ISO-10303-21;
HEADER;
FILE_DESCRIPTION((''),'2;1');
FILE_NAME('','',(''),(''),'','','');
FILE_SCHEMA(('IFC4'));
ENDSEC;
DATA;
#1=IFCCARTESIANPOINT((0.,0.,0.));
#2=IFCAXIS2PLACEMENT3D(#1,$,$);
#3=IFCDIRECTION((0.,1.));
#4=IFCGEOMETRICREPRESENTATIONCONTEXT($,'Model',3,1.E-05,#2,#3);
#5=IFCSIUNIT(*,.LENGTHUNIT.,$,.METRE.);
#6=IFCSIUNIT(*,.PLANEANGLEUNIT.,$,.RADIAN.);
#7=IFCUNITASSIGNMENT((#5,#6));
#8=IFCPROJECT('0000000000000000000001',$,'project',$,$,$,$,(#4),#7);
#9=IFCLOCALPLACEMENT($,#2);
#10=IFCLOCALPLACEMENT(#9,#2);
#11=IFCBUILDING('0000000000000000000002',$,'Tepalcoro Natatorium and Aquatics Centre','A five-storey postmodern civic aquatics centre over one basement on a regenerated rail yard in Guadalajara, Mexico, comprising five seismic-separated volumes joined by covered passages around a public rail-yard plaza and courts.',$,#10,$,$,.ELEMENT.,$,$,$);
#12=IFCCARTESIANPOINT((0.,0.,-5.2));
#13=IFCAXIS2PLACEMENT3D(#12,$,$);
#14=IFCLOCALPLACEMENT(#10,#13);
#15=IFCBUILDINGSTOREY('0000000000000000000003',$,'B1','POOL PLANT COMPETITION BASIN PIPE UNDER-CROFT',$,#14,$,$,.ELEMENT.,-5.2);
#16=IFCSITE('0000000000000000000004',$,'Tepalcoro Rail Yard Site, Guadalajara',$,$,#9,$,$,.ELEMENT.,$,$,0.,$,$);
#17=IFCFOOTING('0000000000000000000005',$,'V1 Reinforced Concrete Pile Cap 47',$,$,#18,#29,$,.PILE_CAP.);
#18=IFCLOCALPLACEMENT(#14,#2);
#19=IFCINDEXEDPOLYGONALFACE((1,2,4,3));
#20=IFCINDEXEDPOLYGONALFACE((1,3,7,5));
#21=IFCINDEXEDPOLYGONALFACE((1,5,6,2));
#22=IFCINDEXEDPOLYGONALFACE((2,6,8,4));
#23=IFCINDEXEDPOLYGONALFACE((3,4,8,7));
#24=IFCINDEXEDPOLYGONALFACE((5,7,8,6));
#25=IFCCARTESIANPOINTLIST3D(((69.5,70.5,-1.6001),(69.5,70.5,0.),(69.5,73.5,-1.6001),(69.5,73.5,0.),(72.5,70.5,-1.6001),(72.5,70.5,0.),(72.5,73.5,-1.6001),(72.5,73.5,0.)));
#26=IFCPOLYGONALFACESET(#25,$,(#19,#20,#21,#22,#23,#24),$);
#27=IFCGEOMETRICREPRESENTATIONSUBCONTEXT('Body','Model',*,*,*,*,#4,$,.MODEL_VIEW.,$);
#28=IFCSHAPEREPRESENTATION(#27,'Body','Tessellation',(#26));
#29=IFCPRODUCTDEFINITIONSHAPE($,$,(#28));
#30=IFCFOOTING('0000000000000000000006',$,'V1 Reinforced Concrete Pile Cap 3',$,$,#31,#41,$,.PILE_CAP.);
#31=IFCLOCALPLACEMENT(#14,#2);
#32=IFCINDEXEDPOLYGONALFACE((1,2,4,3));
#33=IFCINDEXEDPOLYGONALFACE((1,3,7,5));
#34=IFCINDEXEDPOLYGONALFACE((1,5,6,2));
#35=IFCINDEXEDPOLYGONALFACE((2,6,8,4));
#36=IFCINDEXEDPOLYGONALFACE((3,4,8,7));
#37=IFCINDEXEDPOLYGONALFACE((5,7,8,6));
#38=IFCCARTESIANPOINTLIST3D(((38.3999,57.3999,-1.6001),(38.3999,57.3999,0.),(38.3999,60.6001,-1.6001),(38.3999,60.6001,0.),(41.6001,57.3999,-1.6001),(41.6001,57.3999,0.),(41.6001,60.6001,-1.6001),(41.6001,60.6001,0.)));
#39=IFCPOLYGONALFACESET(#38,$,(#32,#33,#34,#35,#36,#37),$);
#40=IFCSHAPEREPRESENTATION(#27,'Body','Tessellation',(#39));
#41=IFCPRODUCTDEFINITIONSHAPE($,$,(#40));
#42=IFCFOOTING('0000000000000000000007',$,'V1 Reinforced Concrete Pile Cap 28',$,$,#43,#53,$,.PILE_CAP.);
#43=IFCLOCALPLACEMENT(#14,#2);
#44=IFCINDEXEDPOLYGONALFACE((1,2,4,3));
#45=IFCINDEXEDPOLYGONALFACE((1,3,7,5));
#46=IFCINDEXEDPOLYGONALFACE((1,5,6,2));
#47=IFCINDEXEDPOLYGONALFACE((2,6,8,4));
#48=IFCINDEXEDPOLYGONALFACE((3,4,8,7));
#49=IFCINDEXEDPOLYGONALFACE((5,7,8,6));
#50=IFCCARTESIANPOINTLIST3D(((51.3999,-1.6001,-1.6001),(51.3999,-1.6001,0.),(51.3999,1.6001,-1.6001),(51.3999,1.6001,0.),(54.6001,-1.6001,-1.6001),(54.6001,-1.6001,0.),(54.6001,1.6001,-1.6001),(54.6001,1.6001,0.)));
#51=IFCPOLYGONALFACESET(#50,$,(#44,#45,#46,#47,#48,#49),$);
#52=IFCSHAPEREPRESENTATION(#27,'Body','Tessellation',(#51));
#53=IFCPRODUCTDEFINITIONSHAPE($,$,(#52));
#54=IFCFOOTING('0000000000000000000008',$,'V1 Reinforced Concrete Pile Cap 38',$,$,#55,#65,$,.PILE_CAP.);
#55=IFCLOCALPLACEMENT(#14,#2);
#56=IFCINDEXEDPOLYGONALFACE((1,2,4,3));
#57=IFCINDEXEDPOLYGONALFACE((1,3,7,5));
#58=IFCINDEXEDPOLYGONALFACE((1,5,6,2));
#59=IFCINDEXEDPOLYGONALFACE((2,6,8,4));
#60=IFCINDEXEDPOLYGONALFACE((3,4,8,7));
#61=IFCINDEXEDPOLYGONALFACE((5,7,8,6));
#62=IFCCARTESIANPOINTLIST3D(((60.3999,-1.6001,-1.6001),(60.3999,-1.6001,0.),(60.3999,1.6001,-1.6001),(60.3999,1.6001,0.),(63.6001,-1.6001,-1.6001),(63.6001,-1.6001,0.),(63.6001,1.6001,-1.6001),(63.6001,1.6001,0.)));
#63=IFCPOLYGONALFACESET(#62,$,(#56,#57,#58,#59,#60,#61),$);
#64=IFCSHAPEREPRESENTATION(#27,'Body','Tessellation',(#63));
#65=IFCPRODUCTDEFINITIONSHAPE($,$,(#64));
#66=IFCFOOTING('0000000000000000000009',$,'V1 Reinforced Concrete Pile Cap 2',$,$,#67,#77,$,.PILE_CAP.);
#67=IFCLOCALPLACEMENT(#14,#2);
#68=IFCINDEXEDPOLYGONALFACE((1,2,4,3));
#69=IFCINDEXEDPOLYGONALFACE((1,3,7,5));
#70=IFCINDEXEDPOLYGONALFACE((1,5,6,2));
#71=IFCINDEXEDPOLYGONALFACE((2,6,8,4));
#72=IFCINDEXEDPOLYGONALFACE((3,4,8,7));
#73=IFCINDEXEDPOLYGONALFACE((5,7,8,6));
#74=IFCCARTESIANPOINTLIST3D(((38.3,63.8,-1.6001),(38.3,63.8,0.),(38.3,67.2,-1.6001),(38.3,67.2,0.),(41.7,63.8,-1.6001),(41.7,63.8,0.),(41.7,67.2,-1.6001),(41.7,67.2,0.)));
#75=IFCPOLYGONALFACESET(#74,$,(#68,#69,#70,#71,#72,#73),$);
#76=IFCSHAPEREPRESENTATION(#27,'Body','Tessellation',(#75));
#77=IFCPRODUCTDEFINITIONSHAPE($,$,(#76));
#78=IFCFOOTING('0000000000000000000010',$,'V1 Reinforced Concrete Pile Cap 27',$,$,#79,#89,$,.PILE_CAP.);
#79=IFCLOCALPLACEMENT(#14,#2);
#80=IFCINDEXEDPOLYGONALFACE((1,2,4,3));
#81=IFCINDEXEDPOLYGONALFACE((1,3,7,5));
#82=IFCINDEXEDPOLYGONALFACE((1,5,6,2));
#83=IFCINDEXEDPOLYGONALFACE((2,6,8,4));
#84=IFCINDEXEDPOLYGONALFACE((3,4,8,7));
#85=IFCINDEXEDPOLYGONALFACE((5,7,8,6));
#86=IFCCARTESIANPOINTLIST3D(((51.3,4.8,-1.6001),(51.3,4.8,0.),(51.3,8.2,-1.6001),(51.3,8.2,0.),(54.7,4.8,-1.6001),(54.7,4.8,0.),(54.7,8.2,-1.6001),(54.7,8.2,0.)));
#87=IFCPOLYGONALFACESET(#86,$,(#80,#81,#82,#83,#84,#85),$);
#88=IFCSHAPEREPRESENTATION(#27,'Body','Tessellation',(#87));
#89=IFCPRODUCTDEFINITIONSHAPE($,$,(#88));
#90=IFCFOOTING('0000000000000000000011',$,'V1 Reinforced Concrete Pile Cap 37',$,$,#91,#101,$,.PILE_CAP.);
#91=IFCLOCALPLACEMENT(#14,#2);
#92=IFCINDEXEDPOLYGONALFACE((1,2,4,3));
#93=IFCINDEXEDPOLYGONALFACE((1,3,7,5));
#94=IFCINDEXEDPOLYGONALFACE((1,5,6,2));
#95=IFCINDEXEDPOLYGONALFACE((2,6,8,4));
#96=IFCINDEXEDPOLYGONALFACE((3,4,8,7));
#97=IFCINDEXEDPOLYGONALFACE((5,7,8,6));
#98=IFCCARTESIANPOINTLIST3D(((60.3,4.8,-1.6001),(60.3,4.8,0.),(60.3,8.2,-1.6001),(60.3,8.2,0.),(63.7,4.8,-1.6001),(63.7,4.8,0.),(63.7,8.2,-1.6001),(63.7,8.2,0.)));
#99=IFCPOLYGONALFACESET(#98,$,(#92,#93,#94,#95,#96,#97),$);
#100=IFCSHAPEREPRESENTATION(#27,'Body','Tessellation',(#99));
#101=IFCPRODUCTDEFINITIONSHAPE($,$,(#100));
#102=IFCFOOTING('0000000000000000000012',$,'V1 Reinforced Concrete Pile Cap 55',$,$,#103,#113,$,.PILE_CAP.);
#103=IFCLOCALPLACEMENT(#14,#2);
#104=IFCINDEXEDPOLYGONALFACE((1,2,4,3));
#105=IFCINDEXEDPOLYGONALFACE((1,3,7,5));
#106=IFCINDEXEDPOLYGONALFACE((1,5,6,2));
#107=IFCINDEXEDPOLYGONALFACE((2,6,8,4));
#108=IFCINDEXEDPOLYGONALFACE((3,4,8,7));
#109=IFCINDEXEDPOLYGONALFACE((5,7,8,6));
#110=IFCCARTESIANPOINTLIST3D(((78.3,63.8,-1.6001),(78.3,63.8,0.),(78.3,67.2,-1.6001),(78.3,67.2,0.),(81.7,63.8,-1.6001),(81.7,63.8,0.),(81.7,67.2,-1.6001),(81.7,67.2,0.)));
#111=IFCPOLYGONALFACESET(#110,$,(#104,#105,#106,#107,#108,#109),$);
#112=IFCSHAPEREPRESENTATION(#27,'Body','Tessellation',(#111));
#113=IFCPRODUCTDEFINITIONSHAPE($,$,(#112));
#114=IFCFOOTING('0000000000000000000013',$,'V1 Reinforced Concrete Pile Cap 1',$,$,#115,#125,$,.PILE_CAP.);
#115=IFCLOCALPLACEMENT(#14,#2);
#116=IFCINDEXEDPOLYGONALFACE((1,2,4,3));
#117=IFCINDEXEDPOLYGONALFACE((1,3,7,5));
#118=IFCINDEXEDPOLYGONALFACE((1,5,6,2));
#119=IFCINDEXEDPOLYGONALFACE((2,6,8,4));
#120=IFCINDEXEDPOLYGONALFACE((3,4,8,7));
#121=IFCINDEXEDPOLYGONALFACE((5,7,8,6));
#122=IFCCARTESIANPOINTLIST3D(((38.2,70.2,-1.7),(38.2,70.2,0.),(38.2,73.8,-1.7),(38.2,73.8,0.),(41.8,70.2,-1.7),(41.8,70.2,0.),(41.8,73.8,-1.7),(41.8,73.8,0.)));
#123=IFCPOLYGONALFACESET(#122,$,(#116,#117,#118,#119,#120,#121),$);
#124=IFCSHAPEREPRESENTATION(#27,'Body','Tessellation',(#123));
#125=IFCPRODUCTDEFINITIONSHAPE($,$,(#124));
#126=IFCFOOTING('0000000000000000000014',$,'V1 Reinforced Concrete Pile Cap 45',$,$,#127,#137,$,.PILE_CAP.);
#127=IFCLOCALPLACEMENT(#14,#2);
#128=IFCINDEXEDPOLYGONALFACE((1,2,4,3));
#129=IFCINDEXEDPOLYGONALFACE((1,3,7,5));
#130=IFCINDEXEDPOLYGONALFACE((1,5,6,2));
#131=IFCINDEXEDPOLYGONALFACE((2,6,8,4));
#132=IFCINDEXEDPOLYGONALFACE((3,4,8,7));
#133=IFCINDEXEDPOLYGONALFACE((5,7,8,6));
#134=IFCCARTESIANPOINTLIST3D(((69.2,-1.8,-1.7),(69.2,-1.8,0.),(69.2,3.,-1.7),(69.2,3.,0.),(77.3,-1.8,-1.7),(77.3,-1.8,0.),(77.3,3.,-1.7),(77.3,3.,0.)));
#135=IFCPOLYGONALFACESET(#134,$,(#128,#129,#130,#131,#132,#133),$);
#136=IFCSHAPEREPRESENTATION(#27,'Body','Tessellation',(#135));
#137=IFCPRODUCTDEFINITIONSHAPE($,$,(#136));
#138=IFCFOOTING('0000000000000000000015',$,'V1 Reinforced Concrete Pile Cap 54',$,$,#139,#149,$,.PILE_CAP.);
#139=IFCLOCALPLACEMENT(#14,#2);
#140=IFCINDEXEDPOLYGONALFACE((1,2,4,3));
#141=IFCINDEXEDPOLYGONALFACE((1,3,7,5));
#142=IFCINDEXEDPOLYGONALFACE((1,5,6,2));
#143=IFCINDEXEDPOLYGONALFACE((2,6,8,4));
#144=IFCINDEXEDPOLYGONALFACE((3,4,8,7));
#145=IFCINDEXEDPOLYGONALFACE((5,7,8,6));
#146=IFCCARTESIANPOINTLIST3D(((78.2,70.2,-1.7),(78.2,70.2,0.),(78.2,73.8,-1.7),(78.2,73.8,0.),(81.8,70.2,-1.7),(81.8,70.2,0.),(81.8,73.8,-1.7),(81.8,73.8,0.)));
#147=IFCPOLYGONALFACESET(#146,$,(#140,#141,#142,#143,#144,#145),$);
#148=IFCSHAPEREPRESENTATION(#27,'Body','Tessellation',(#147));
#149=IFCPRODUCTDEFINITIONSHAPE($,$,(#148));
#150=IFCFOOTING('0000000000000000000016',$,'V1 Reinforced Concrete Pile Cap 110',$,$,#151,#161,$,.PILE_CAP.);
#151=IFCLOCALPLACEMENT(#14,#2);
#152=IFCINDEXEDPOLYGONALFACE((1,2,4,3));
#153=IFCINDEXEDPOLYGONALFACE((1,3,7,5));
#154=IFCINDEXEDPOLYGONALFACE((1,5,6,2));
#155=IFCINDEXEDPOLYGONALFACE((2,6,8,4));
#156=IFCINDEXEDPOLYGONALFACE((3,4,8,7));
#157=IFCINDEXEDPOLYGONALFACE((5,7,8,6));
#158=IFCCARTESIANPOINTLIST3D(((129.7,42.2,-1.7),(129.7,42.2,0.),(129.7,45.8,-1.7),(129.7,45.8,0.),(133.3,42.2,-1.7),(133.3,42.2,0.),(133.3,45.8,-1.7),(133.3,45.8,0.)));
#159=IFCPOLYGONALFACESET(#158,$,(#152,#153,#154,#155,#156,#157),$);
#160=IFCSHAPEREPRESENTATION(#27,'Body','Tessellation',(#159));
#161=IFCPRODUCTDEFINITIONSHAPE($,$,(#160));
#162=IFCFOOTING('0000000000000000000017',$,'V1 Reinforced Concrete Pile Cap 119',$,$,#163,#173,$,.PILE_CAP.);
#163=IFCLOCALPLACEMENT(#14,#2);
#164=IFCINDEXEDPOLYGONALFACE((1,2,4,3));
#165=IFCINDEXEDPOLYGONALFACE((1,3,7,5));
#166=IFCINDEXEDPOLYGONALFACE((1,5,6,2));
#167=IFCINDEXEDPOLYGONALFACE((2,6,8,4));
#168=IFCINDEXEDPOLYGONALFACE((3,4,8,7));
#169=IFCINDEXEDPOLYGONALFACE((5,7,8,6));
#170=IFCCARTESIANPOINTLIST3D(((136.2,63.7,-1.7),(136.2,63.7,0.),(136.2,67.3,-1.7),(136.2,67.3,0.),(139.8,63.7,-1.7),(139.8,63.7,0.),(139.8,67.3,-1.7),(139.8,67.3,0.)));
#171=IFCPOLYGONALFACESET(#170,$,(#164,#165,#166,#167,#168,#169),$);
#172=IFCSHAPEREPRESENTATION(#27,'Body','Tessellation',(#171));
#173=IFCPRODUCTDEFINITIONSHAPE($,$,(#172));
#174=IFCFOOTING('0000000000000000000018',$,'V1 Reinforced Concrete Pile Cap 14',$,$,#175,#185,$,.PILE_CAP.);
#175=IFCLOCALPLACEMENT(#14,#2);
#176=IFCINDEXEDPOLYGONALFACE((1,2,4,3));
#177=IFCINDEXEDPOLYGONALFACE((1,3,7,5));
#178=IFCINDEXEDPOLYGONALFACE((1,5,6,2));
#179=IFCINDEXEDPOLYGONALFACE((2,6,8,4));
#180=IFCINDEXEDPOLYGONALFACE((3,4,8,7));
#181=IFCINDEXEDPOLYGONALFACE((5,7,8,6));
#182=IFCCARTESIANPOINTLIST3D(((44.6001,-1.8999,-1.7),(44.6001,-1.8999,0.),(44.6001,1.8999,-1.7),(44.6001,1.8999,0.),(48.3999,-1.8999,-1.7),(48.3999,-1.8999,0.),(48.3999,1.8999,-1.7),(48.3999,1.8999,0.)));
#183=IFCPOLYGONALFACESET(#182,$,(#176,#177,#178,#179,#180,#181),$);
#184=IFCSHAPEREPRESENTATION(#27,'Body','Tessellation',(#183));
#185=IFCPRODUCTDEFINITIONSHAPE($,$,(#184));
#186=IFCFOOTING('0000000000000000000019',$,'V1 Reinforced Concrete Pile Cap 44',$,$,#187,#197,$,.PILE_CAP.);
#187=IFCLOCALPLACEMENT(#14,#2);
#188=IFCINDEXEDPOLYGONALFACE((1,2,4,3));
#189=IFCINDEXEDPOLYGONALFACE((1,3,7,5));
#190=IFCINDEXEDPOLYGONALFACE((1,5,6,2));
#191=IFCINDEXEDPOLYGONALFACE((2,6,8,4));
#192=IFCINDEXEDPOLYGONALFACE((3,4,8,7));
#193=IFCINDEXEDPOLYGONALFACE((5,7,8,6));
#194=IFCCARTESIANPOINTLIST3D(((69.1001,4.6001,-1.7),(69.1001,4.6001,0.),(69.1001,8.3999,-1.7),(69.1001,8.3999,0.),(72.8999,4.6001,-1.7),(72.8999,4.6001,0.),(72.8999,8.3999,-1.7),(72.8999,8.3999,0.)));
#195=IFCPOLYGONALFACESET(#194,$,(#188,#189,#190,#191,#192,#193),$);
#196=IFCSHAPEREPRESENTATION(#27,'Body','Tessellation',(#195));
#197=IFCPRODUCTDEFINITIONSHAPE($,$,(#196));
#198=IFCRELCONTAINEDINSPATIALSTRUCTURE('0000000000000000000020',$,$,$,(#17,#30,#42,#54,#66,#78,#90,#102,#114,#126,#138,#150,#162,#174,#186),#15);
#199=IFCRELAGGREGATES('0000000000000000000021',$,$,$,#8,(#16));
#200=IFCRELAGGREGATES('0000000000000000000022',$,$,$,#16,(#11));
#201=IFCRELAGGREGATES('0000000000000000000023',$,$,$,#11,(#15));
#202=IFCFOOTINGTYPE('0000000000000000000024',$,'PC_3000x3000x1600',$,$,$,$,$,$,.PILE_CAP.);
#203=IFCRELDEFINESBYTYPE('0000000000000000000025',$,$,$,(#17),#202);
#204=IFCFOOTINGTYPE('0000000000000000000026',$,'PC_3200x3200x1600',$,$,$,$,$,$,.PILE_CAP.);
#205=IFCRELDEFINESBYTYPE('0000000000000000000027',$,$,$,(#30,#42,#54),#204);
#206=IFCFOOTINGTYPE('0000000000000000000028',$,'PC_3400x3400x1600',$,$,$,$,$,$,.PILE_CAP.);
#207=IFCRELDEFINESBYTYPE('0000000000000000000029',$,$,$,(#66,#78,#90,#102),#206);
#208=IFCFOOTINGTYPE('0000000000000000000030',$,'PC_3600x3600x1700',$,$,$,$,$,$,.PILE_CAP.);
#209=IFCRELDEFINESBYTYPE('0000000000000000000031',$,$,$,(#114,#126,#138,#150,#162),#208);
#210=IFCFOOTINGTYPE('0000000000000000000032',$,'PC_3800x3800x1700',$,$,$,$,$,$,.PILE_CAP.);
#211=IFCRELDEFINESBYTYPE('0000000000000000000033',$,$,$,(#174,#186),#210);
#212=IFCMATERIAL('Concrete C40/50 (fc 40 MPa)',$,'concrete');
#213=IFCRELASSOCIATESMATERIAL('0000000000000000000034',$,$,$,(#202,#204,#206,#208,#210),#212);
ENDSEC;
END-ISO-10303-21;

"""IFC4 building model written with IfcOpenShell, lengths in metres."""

from ifc_helpers import new_model, si_unit, direction, frame, origin, place, context, subcontext, project, spatial, polyline, outline, extrude, material, type_object, element, save


model = new_model("IFC4")

# Units and contexts
model_context = context("Model", 3, precision=1e-05, world=origin(), true_north=direction((0.0, 1.0)))
body_context = subcontext(model_context, "Body", "Model", "MODEL_VIEW")
ifc_project = project(units=[si_unit("LENGTHUNIT", "METRE"), si_unit("PLANEANGLEUNIT", "RADIAN")], contexts=[model_context])

# Site, building, storey
site_placement = place(None, origin())
site = spatial("IfcSite", under=ifc_project, at=site_placement, Name="Tepalcoro Rail Yard Site, Guadalajara", CompositionType="ELEMENT", RefElevation=0.0)
building_placement = place(site_placement, origin())
building = spatial("IfcBuilding", under=site, at=building_placement, Name="Tepalcoro Natatorium and Aquatics Centre", Description="A five-storey postmodern civic aquatics centre over one basement on a regenerated rail yard in Guadalajara, Mexico, comprising five seismic-separated volumes joined by covered passages around a public rail-yard plaza and courts.", CompositionType="ELEMENT")
storey_placement = place(building_placement, frame((0.0, 0.0, -5.2)))
storey = spatial("IfcBuildingStorey", under=building, at=storey_placement, Name="B1", Description="POOL PLANT COMPETITION BASIN PIPE UNDER-CROFT", CompositionType="ELEMENT", Elevation=-5.2)

# Footings
ifc_material = material(Name="Concrete C40/50 (fc 40 MPa)", Category="concrete")
footing_type_1 = type_object("IfcFootingType", Name="PC_3000x3000x1600", PredefinedType="PILE_CAP", material=ifc_material)
footing_1_placement = place(storey_placement, frame((0.0, 0.0, -1.6001)))
element("IfcFooting", 1, at=footing_1_placement, inside=storey, type_object=footing_type_1, Name="V1 Reinforced Concrete Pile Cap 47", PredefinedType="PILE_CAP", context=body_context, shape_type="SweptSolid", body=[
    extrude(outline(polyline([(69.5, 70.5), (72.5, 70.5), (72.5, 73.5), (69.5, 73.5), (69.5, 70.5)])), origin(), (0.0, 0.0, 1.0), 1.6001),
])
footing_type_2 = type_object("IfcFootingType", Name="PC_3200x3200x1600", PredefinedType="PILE_CAP", material=ifc_material)
footing_2_placement = place(storey_placement, frame((0.0, 0.0, -1.6001)))
element("IfcFooting", 2, at=footing_2_placement, inside=storey, type_object=footing_type_2, Name="V1 Reinforced Concrete Pile Cap 3", PredefinedType="PILE_CAP", context=body_context, shape_type="SweptSolid", body=[
    extrude(outline(polyline([(38.3999, 57.3999), (41.6001, 57.3999), (41.6001, 60.6001), (38.3999, 60.6001), (38.3999, 57.3999)])), origin(), (0.0, 0.0, 1.0), 1.6001),
])
footing_3_placement = place(storey_placement, frame((0.0, 0.0, -1.6001)))
element("IfcFooting", 3, at=footing_3_placement, inside=storey, type_object=footing_type_2, Name="V1 Reinforced Concrete Pile Cap 28", PredefinedType="PILE_CAP", context=body_context, shape_type="SweptSolid", body=[
    extrude(outline(polyline([(51.3999, -1.6001), (54.6001, -1.6001), (54.6001, 1.6001), (51.3999, 1.6001), (51.3999, -1.6001)])), origin(), (0.0, 0.0, 1.0), 1.6001),
])
footing_4_placement = place(storey_placement, frame((0.0, 0.0, -1.6001)))
element("IfcFooting", 4, at=footing_4_placement, inside=storey, type_object=footing_type_2, Name="V1 Reinforced Concrete Pile Cap 38", PredefinedType="PILE_CAP", context=body_context, shape_type="SweptSolid", body=[
    extrude(outline(polyline([(60.3999, -1.6001), (63.6001, -1.6001), (63.6001, 1.6001), (60.3999, 1.6001), (60.3999, -1.6001)])), origin(), (0.0, 0.0, 1.0), 1.6001),
])
footing_type_3 = type_object("IfcFootingType", Name="PC_3400x3400x1600", PredefinedType="PILE_CAP", material=ifc_material)
footing_5_placement = place(storey_placement, frame((0.0, 0.0, -1.6001)))
element("IfcFooting", 5, at=footing_5_placement, inside=storey, type_object=footing_type_3, Name="V1 Reinforced Concrete Pile Cap 2", PredefinedType="PILE_CAP", context=body_context, shape_type="SweptSolid", body=[
    extrude(outline(polyline([(38.3, 63.8), (41.7, 63.8), (41.7, 67.2), (38.3, 67.2), (38.3, 63.8)])), origin(), (0.0, 0.0, 1.0), 1.6001),
])
footing_6_placement = place(storey_placement, frame((0.0, 0.0, -1.6001)))
element("IfcFooting", 6, at=footing_6_placement, inside=storey, type_object=footing_type_3, Name="V1 Reinforced Concrete Pile Cap 27", PredefinedType="PILE_CAP", context=body_context, shape_type="SweptSolid", body=[
    extrude(outline(polyline([(51.3, 4.8), (54.7, 4.8), (54.7, 8.2), (51.3, 8.2), (51.3, 4.8)])), origin(), (0.0, 0.0, 1.0), 1.6001),
])
footing_7_placement = place(storey_placement, frame((0.0, 0.0, -1.6001)))
element("IfcFooting", 7, at=footing_7_placement, inside=storey, type_object=footing_type_3, Name="V1 Reinforced Concrete Pile Cap 37", PredefinedType="PILE_CAP", context=body_context, shape_type="SweptSolid", body=[
    extrude(outline(polyline([(60.3, 4.8), (63.7, 4.8), (63.7, 8.2), (60.3, 8.2), (60.3, 4.8)])), origin(), (0.0, 0.0, 1.0), 1.6001),
])
footing_8_placement = place(storey_placement, frame((0.0, 0.0, -1.6001)))
element("IfcFooting", 8, at=footing_8_placement, inside=storey, type_object=footing_type_3, Name="V1 Reinforced Concrete Pile Cap 55", PredefinedType="PILE_CAP", context=body_context, shape_type="SweptSolid", body=[
    extrude(outline(polyline([(78.3, 63.8), (81.7, 63.8), (81.7, 67.2), (78.3, 67.2), (78.3, 63.8)])), origin(), (0.0, 0.0, 1.0), 1.6001),
])
footing_type_4 = type_object("IfcFootingType", Name="PC_3600x3600x1700", PredefinedType="PILE_CAP", material=ifc_material)
footing_9_placement = place(storey_placement, frame((0.0, 0.0, -1.7)))
element("IfcFooting", 9, at=footing_9_placement, inside=storey, type_object=footing_type_4, Name="V1 Reinforced Concrete Pile Cap 1", PredefinedType="PILE_CAP", context=body_context, shape_type="SweptSolid", body=[
    extrude(outline(polyline([(38.2, 70.2), (41.8, 70.2), (41.8, 73.8), (38.2, 73.8), (38.2, 70.2)])), origin(), (0.0, 0.0, 1.0), 1.7),
])
footing_10_placement = place(storey_placement, frame((0.0, 0.0, -1.7)))
element("IfcFooting", 10, at=footing_10_placement, inside=storey, type_object=footing_type_4, Name="V1 Reinforced Concrete Pile Cap 45", PredefinedType="PILE_CAP", context=body_context, shape_type="SweptSolid", body=[
    extrude(outline(polyline([(69.2, -1.8), (77.3, -1.8), (77.3, 3.0), (69.2, 3.0), (69.2, -1.8)])), origin(), (0.0, 0.0, 1.0), 1.7),
])
footing_11_placement = place(storey_placement, frame((0.0, 0.0, -1.7)))
element("IfcFooting", 11, at=footing_11_placement, inside=storey, type_object=footing_type_4, Name="V1 Reinforced Concrete Pile Cap 54", PredefinedType="PILE_CAP", context=body_context, shape_type="SweptSolid", body=[
    extrude(outline(polyline([(78.2, 70.2), (81.8, 70.2), (81.8, 73.8), (78.2, 73.8), (78.2, 70.2)])), origin(), (0.0, 0.0, 1.0), 1.7),
])
footing_12_placement = place(storey_placement, frame((0.0, 0.0, -1.7)))
element("IfcFooting", 12, at=footing_12_placement, inside=storey, type_object=footing_type_4, Name="V1 Reinforced Concrete Pile Cap 110", PredefinedType="PILE_CAP", context=body_context, shape_type="SweptSolid", body=[
    extrude(outline(polyline([(129.7, 42.2), (133.3, 42.2), (133.3, 45.8), (129.7, 45.8), (129.7, 42.2)])), origin(), (0.0, 0.0, 1.0), 1.7),
])
footing_13_placement = place(storey_placement, frame((0.0, 0.0, -1.7)))
element("IfcFooting", 13, at=footing_13_placement, inside=storey, type_object=footing_type_4, Name="V1 Reinforced Concrete Pile Cap 119", PredefinedType="PILE_CAP", context=body_context, shape_type="SweptSolid", body=[
    extrude(outline(polyline([(136.2, 63.7), (139.8, 63.7), (139.8, 67.3), (136.2, 67.3), (136.2, 63.7)])), origin(), (0.0, 0.0, 1.0), 1.7),
])
footing_type_5 = type_object("IfcFootingType", Name="PC_3800x3800x1700", PredefinedType="PILE_CAP", material=ifc_material)
footing_14_placement = place(storey_placement, frame((0.0, 0.0, -1.7)))
element("IfcFooting", 14, at=footing_14_placement, inside=storey, type_object=footing_type_5, Name="V1 Reinforced Concrete Pile Cap 14", PredefinedType="PILE_CAP", context=body_context, shape_type="SweptSolid", body=[
    extrude(outline(polyline([(44.6001, -1.8999), (48.3999, -1.8999), (48.3999, 1.8999), (44.6001, 1.8999), (44.6001, -1.8999)])), origin(), (0.0, 0.0, 1.0), 1.7),
])
footing_15_placement = place(storey_placement, frame((0.0, 0.0, -1.7)))
element("IfcFooting", 15, at=footing_15_placement, inside=storey, type_object=footing_type_5, Name="V1 Reinforced Concrete Pile Cap 44", PredefinedType="PILE_CAP", context=body_context, shape_type="SweptSolid", body=[
    extrude(outline(polyline([(69.1001, 4.6001), (72.8999, 4.6001), (72.8999, 8.3999), (69.1001, 8.3999), (69.1001, 4.6001)])), origin(), (0.0, 0.0, 1.0), 1.7),
])

save(model, "model.ifc")
